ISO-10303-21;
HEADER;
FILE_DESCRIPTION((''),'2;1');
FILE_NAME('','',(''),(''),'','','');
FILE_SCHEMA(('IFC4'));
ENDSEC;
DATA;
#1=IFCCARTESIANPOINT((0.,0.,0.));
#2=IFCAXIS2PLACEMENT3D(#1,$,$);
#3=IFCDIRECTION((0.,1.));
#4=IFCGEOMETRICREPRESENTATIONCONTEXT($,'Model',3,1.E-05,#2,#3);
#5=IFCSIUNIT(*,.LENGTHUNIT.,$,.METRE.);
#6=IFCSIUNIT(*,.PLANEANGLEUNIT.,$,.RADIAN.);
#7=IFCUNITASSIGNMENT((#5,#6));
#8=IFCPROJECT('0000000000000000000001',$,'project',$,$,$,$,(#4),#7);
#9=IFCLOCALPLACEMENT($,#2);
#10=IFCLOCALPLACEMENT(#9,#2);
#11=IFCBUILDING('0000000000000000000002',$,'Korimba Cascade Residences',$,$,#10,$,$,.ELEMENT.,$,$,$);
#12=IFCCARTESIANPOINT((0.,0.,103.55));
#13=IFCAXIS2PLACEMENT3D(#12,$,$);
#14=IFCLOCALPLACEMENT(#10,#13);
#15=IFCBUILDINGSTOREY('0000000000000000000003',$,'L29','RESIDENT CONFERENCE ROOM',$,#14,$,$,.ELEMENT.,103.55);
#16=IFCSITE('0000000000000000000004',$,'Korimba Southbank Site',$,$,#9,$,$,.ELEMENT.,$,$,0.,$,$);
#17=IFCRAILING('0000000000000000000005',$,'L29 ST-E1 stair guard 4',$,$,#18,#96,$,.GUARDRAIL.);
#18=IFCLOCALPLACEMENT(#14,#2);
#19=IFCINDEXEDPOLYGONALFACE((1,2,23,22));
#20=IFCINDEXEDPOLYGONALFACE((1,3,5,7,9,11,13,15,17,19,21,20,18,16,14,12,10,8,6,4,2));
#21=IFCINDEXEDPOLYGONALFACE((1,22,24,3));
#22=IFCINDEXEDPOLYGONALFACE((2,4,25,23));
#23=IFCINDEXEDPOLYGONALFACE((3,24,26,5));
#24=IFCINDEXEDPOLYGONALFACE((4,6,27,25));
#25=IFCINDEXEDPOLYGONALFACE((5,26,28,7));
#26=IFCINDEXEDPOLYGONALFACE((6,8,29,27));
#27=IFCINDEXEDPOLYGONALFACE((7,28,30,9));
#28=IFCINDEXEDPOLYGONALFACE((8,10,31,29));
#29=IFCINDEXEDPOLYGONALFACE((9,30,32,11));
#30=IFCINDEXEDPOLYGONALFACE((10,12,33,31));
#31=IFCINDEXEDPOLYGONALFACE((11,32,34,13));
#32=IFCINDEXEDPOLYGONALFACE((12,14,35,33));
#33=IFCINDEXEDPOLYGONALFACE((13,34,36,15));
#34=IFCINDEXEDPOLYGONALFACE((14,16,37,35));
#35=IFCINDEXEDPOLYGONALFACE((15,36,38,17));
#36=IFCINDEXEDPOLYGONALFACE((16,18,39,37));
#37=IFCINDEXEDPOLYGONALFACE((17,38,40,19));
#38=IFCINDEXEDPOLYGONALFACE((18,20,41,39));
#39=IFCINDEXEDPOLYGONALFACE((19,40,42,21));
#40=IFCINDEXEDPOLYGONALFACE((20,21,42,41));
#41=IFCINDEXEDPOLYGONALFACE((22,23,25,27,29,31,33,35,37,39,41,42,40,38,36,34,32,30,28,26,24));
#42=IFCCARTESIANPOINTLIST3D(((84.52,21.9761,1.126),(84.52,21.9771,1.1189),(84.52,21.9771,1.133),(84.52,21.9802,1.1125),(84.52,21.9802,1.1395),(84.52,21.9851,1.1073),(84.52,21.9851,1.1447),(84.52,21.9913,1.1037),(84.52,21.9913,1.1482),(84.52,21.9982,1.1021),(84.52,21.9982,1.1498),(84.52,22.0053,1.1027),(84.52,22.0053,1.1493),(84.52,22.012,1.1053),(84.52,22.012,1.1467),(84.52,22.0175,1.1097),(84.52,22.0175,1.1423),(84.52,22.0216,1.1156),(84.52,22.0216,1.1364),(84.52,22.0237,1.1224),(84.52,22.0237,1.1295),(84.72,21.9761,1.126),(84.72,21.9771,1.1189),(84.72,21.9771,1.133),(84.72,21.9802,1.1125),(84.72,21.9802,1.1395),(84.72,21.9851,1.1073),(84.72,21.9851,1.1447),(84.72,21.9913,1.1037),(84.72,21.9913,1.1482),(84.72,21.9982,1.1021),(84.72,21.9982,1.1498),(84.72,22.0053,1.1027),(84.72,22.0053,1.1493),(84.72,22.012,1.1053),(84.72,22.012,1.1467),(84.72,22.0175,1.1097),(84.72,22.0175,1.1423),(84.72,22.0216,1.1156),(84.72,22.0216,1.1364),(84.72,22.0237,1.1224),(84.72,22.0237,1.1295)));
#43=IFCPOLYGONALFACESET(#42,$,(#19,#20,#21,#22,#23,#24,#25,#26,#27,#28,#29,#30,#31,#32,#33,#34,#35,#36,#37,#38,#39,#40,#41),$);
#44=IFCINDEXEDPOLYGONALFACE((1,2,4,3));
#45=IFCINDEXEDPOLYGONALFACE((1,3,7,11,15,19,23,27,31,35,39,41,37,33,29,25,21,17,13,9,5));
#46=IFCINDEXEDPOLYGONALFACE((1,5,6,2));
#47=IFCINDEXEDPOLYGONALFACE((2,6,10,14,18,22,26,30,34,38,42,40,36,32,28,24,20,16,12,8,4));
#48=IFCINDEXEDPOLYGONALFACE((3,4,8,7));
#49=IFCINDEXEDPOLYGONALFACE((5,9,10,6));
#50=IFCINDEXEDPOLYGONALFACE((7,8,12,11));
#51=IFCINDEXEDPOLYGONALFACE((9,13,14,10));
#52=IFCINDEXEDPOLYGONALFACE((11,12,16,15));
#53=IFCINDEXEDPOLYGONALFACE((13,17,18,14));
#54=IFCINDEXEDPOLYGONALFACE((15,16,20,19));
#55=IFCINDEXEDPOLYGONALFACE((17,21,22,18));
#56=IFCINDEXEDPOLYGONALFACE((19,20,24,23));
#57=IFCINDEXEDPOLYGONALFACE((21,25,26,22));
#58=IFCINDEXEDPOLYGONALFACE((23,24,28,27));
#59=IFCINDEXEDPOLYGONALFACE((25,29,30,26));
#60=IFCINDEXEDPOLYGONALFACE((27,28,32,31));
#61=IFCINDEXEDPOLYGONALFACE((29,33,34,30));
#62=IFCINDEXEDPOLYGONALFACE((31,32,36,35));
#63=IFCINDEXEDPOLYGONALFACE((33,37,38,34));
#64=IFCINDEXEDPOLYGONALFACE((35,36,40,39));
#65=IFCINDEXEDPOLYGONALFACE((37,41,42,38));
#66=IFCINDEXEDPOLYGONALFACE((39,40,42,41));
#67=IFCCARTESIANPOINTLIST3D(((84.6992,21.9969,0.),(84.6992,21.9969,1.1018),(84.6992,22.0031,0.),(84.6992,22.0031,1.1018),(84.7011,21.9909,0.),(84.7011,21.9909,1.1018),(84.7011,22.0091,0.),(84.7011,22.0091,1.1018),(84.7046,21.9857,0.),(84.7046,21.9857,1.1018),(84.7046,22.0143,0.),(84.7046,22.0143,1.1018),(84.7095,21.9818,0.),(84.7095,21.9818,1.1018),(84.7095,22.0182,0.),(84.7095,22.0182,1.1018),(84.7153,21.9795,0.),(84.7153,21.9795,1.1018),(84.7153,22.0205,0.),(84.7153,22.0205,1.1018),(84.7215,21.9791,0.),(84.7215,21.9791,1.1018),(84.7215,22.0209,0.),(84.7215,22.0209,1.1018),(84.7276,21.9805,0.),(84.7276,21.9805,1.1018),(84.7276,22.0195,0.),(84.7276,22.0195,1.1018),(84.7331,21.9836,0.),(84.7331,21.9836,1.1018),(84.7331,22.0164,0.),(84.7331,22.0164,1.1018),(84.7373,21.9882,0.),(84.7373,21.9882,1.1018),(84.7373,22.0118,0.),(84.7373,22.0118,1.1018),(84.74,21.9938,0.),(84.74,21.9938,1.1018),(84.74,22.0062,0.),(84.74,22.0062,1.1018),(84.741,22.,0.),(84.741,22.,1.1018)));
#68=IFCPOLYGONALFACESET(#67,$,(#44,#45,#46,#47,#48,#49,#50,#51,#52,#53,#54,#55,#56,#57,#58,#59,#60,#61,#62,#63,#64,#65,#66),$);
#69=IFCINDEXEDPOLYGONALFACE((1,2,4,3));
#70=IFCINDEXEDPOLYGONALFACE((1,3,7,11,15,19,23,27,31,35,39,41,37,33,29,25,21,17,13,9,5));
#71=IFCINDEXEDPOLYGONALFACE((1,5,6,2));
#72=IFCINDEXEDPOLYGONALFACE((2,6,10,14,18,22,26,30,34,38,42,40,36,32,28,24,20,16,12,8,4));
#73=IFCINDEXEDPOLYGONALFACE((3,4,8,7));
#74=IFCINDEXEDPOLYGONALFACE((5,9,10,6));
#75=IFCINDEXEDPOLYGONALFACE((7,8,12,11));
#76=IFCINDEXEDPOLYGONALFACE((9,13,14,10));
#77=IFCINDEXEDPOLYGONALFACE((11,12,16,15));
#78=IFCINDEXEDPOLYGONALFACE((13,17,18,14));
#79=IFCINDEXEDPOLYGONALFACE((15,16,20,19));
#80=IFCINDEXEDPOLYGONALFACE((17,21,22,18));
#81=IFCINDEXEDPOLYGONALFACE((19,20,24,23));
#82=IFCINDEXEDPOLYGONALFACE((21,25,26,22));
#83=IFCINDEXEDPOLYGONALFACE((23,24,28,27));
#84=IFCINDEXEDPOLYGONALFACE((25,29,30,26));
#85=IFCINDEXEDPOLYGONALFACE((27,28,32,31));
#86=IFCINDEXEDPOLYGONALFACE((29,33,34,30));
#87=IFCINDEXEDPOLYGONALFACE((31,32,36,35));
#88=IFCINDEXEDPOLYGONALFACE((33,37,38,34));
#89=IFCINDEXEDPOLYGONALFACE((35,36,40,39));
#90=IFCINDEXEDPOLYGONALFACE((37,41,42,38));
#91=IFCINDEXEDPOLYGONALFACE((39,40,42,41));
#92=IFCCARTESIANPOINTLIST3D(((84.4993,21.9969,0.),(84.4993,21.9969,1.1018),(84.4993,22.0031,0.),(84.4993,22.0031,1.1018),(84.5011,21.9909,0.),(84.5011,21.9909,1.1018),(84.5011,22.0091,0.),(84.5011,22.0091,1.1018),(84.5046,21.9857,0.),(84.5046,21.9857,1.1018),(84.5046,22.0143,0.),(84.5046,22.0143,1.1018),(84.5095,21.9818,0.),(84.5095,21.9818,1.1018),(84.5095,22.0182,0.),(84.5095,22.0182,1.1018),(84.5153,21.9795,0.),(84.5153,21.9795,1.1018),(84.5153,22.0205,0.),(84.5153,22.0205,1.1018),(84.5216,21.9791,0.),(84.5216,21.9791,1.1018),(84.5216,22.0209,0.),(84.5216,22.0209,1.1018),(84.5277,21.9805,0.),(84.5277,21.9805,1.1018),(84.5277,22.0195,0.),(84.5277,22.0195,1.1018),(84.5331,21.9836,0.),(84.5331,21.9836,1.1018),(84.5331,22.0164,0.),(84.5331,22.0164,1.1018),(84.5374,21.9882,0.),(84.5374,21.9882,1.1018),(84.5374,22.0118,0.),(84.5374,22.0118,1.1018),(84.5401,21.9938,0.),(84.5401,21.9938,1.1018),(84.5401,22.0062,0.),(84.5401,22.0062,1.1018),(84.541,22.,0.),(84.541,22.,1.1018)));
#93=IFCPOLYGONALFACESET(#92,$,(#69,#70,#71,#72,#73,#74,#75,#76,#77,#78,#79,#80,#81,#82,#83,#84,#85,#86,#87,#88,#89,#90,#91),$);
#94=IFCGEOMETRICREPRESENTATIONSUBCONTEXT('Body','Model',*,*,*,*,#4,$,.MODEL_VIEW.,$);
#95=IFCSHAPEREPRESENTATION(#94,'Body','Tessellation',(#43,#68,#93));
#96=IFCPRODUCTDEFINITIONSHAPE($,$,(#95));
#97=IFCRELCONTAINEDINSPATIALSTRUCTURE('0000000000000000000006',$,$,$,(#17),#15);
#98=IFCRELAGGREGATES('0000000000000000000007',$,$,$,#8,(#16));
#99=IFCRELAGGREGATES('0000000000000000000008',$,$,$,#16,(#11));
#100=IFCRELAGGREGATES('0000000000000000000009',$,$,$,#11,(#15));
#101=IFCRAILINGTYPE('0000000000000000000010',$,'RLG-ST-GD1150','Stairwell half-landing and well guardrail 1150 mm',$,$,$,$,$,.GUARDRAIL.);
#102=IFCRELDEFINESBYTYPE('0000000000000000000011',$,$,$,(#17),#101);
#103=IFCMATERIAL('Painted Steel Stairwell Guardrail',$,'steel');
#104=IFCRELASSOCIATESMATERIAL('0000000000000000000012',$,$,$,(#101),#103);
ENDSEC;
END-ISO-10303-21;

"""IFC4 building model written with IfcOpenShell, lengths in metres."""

from ifc_helpers import new_model, si_unit, direction, frame, origin, origin_2d, place, context, subcontext, project, spatial, circle, extrude, material, type_object, element, save


model = new_model("IFC4")

# Units and contexts
model_context = context("Model", 3, precision=1e-05, world=origin(), true_north=direction((0.0, 1.0)))
body_context = subcontext(model_context, "Body", "Model", "MODEL_VIEW")
ifc_project = project(units=[si_unit("LENGTHUNIT", "METRE"), si_unit("PLANEANGLEUNIT", "RADIAN")], contexts=[model_context])

# Site, building, storey
site_placement = place(None, origin())
site = spatial("IfcSite", under=ifc_project, at=site_placement, Name="Korimba Southbank Site", CompositionType="ELEMENT", RefElevation=0.0)
building_placement = place(site_placement, origin())
building = spatial("IfcBuilding", under=site, at=building_placement, Name="Korimba Cascade Residences", CompositionType="ELEMENT")
storey_placement = place(building_placement, frame((0.0, 0.0, 103.55)))
storey = spatial("IfcBuildingStorey", under=building, at=storey_placement, Name="L29", Description="RESIDENT CONFERENCE ROOM", CompositionType="ELEMENT", Elevation=103.55)

# Railing
ifc_material_1 = material(Name="Painted Steel Stairwell Guardrail", Category="steel")
railing_type_1 = type_object("IfcRailingType", Name="RLG-ST-GD1150", Description="Stairwell half-landing and well guardrail 1150 mm", PredefinedType="GUARDRAIL", material=ifc_material_1)
railing_1_placement = place(storey_placement, frame((84.72, 22.0, 0.0)))
element("IfcRailing", 1, at=railing_1_placement, inside=storey, type_object=railing_type_1, Name="L29 ST-E1 stair guard 4", PredefinedType="GUARDRAIL", context=body_context, shape_type="SweptSolid", body=[
    extrude(circle(Radius=0.0239, at=origin_2d()), frame((0.0, 0.0, 1.126), z_axis=(-1.0, 0.0, 0.0), x_axis=(0.0, -1.0, 0.0)), (0.0, 0.0, 1.0), 0.2),
    extrude(circle(Radius=0.021, at=origin_2d()), origin(), (0.0, 0.0, 1.0), 1.1018),
    extrude(circle(Radius=0.021, at=origin_2d()), frame((-0.2, 0.0, 0.0)), (0.0, 0.0, 1.0), 1.1018),
])

save(model, "model.ifc")
